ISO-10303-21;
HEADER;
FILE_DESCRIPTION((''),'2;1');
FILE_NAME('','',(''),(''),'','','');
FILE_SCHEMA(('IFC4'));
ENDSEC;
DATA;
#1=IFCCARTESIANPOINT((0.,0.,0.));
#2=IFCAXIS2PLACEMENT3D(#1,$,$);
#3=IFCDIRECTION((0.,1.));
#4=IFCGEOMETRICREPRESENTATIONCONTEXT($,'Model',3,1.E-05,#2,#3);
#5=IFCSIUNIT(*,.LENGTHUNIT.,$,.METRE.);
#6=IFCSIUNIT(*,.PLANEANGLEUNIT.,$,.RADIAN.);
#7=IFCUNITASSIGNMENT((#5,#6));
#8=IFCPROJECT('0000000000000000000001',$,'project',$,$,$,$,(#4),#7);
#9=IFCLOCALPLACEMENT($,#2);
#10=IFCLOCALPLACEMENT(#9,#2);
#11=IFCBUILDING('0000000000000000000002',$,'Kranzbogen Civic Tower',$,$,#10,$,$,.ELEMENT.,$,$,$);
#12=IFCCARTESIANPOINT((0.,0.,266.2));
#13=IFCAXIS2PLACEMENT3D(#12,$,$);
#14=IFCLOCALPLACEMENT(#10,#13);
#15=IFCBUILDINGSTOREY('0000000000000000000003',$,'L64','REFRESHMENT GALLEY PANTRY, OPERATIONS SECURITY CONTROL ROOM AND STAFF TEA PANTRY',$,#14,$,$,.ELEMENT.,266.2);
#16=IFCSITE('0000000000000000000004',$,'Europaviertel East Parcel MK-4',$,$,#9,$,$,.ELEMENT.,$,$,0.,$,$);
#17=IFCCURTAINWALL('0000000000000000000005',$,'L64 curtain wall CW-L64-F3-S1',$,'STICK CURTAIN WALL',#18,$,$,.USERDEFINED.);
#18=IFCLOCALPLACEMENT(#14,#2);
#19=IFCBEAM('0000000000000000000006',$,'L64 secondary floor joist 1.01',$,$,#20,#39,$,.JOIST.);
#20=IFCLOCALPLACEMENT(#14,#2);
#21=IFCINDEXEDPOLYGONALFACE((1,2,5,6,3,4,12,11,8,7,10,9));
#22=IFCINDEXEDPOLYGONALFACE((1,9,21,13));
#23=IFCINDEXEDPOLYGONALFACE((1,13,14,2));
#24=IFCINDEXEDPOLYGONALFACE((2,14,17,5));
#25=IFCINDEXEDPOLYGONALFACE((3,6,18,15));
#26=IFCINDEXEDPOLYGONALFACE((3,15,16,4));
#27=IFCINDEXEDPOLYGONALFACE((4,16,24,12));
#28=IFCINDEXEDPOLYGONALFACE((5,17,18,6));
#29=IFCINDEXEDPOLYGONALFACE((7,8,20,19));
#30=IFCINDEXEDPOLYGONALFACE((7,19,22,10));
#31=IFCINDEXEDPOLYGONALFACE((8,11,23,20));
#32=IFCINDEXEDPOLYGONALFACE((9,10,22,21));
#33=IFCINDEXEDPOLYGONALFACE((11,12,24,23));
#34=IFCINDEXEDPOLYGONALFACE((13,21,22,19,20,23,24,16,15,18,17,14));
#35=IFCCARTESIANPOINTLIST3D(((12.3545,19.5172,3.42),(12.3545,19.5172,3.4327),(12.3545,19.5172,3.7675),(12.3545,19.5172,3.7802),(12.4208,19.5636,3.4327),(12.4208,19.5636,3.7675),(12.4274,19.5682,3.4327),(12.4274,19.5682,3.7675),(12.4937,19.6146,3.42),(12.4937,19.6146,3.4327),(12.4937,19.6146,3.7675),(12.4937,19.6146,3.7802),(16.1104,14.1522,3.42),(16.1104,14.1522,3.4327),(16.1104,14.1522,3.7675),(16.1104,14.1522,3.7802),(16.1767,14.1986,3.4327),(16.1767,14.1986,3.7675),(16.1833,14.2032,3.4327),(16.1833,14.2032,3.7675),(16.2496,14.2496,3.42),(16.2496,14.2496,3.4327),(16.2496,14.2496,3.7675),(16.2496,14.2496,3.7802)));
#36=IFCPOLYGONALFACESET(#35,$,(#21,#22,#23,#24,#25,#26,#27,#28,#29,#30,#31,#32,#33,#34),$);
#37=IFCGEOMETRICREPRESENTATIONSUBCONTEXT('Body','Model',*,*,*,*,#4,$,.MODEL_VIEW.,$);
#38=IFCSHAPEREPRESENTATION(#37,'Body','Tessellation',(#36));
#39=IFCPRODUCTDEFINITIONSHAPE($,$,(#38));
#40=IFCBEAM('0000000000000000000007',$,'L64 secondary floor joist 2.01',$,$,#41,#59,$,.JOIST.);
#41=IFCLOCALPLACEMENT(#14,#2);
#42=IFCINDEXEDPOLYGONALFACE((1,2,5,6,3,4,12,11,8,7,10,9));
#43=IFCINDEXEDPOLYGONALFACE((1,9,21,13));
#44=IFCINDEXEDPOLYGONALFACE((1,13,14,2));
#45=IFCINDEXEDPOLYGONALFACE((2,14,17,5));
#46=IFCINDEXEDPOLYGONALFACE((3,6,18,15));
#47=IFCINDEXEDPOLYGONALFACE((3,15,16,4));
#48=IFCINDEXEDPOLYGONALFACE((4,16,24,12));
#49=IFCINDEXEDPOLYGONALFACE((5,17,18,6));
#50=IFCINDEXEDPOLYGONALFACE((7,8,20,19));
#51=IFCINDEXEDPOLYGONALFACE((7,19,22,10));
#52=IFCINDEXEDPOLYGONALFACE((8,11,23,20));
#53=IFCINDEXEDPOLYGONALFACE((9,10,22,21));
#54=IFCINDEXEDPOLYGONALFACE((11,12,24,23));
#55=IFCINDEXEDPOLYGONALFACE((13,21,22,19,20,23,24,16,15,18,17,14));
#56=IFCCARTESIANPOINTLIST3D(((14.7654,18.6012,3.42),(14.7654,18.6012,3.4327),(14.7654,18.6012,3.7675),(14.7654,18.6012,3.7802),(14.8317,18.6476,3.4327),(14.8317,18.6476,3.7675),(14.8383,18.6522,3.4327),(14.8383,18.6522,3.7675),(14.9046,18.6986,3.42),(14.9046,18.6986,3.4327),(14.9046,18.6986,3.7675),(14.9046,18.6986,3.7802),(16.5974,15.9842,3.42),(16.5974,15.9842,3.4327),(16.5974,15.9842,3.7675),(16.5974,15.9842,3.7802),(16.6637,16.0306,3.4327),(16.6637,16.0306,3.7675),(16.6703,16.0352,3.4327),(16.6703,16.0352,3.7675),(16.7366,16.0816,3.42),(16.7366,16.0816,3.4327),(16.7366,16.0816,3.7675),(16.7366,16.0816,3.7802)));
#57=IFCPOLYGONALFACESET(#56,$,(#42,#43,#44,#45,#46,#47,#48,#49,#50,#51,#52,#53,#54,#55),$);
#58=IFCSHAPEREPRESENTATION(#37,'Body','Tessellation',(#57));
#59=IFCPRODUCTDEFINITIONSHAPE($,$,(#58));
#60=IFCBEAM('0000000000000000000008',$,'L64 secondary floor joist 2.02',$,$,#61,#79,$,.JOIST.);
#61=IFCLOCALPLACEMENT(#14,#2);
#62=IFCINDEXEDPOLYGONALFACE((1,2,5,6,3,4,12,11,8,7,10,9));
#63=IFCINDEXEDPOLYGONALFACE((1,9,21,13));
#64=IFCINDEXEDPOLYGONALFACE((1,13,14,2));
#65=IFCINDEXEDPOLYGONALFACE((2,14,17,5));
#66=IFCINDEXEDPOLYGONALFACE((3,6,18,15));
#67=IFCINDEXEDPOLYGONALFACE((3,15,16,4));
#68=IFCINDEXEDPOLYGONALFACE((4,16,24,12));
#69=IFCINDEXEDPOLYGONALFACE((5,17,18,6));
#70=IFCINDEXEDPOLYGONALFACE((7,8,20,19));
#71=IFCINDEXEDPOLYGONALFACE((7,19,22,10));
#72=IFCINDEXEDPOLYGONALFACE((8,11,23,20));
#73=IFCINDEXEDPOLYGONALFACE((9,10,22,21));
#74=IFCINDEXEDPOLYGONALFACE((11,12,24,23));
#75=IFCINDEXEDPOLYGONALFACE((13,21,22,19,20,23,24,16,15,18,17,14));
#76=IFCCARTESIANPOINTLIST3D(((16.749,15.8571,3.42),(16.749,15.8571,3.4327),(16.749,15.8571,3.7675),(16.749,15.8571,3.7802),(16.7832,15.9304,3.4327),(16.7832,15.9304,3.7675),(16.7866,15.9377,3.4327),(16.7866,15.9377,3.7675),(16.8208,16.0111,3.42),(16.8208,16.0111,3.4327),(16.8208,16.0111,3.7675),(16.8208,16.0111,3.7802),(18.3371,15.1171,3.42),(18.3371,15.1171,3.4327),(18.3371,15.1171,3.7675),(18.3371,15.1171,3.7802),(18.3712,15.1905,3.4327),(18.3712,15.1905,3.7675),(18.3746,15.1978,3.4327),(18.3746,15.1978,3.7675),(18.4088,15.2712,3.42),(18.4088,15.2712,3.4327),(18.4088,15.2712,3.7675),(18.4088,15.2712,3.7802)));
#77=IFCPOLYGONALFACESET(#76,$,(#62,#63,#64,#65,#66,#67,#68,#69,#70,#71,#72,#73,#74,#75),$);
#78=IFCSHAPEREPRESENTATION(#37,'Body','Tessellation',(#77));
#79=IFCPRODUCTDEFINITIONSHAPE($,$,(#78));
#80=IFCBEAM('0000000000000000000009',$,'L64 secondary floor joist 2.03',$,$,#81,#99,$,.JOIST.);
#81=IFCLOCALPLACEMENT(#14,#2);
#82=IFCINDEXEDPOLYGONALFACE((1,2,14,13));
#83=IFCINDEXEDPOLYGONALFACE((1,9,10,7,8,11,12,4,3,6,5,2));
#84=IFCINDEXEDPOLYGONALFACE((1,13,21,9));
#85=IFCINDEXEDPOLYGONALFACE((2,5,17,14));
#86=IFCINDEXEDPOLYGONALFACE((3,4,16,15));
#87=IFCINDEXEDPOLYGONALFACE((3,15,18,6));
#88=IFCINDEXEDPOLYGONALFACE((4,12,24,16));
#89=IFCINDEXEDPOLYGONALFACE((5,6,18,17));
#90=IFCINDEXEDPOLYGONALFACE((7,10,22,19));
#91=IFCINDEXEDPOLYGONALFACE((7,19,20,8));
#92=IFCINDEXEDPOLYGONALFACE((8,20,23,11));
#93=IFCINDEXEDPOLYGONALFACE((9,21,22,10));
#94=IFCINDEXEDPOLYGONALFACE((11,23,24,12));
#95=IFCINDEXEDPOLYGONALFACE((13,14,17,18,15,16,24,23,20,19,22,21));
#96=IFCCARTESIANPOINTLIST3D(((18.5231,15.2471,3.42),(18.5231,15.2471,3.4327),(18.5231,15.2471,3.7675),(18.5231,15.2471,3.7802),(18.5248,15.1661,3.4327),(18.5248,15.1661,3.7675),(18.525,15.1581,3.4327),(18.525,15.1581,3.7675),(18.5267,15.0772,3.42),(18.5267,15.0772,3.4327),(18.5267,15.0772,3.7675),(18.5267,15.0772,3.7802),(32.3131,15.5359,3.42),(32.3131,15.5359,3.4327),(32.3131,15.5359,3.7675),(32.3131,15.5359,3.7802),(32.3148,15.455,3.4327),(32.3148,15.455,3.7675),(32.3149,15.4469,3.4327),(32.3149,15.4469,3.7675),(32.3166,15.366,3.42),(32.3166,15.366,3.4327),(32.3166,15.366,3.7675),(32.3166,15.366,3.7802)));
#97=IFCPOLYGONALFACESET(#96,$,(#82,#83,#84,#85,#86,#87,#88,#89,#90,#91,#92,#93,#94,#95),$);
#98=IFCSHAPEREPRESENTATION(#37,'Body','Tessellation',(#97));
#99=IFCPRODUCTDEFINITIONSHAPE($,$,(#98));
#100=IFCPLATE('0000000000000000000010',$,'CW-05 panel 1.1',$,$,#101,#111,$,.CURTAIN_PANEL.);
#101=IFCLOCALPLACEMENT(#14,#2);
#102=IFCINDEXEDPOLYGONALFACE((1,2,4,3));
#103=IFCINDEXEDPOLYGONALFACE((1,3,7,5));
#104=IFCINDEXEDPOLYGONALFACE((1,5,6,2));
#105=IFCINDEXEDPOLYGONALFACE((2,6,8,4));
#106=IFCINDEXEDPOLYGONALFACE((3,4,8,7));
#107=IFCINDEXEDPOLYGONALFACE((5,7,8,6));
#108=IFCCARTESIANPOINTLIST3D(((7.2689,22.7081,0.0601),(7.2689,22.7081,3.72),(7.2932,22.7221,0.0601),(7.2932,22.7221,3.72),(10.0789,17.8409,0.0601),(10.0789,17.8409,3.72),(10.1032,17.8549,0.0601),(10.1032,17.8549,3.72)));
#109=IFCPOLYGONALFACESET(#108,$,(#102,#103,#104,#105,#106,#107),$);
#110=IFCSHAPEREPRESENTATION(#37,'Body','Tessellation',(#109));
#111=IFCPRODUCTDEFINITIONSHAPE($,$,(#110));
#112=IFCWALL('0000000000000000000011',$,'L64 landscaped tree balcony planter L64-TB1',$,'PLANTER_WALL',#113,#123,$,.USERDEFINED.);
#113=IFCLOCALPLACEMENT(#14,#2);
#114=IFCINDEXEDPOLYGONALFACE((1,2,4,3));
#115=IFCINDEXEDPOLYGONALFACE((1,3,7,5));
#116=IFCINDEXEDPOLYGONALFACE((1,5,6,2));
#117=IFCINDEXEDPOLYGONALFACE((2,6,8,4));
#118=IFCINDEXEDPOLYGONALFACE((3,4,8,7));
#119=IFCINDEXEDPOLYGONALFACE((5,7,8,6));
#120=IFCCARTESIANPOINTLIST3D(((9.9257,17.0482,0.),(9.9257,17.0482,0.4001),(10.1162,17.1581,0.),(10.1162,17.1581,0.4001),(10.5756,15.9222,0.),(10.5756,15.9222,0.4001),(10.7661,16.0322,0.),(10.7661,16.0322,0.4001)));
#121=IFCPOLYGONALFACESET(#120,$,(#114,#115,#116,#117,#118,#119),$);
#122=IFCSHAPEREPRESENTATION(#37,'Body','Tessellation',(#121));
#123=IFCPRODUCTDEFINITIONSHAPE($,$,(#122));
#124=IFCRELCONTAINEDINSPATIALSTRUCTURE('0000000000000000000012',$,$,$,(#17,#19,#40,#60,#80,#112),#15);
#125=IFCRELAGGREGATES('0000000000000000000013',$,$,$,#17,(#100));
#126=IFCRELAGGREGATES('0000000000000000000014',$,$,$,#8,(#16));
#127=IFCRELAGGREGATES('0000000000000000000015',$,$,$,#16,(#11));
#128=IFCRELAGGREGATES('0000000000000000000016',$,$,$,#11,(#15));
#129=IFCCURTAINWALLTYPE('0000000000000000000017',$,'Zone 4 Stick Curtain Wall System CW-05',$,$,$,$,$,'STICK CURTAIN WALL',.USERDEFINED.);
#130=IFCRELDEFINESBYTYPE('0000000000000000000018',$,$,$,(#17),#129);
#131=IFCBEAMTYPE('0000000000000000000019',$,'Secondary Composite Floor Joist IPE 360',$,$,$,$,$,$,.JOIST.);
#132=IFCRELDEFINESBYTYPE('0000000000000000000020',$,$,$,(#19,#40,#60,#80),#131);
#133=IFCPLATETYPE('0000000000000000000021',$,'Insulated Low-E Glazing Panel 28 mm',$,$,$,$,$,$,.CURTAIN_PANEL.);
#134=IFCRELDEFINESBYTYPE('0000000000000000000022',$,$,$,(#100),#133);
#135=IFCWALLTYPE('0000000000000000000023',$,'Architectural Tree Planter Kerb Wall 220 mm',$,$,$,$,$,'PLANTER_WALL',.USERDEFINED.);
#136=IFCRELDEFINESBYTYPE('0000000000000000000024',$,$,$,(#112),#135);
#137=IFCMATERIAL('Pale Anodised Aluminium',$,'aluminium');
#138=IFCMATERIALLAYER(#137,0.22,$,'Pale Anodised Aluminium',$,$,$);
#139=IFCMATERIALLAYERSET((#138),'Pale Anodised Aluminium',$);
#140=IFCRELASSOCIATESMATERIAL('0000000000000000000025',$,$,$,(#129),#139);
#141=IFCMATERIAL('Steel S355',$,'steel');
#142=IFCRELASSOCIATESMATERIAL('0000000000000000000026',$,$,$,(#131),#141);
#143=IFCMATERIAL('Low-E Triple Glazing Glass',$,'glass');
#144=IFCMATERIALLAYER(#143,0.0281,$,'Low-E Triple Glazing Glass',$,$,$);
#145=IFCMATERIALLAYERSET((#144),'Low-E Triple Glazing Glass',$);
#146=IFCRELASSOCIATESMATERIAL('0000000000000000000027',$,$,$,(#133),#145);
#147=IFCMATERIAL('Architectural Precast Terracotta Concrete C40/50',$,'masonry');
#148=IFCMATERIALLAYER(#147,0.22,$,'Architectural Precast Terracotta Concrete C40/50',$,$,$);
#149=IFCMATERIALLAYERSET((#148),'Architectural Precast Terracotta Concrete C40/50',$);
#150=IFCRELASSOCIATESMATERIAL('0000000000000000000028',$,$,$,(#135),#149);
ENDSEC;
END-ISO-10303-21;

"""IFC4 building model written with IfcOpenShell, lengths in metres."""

from ifc_helpers import new_model, si_unit, direction, frame, frame_2d, origin, origin_2d, place, context, subcontext, project, spatial, rectangle, i_section, extrude, material, layer, layer_set, material_profile, profile_set, type_object, element, aggregate, save


model = new_model("IFC4")

# Units and contexts
model_context = context("Model", 3, precision=1e-05, world=origin(), true_north=direction((0.0, 1.0)))
body_context = subcontext(model_context, "Body", "Model", "MODEL_VIEW")
ifc_project = project(units=[si_unit("LENGTHUNIT", "METRE"), si_unit("PLANEANGLEUNIT", "RADIAN")], contexts=[model_context])

# Site, building, storey
site_placement = place(None, origin())
site = spatial("IfcSite", under=ifc_project, at=site_placement, Name="Europaviertel East Parcel MK-4", CompositionType="ELEMENT", RefElevation=0.0)
building_placement = place(site_placement, origin())
building = spatial("IfcBuilding", under=site, at=building_placement, Name="Kranzbogen Civic Tower", CompositionType="ELEMENT")
storey_placement = place(building_placement, frame((0.0, 0.0, 266.2)))
storey = spatial("IfcBuildingStorey", under=building, at=storey_placement, Name="L64", Description="REFRESHMENT GALLEY PANTRY, OPERATIONS SECURITY CONTROL ROOM AND STAFF TEA PANTRY", CompositionType="ELEMENT", Elevation=266.2)

# Shared definitions
ifc_material_1 = material(Name="Steel S355", Category="steel")

# Curtain wall
ifc_material_2 = material(Name="Pale Anodised Aluminium", Category="aluminium")
ifc_layer_1 = layer(ifc_material_2, 0.22, Name="Pale Anodised Aluminium")
ifc_layer_set_1 = layer_set([ifc_layer_1], Name="Pale Anodised Aluminium")
curtain_wall_type = type_object("IfcCurtainWallType", Name="Zone 4 Stick Curtain Wall System CW-05", ElementType="STICK CURTAIN WALL", PredefinedType="USERDEFINED", material=ifc_layer_set_1)
curtain_wall_1_placement = place(storey_placement, origin())
curtain_wall_1 = element("IfcCurtainWall", 1, at=curtain_wall_1_placement, inside=storey, type_object=curtain_wall_type, Name="L64 curtain wall CW-L64-F3-S1", ObjectType="STICK CURTAIN WALL", PredefinedType="USERDEFINED")

# Beams
ifc_material_profile_1 = material_profile(ifc_material_1, i_section(OverallWidth=0.1699, OverallDepth=0.3601, WebThickness=0.0081, FlangeThickness=0.0127, at=origin_2d()), Name="IPE 360")
ifc_profile_set_1 = profile_set([ifc_material_profile_1], Name="Steel S355")
beam_type_1 = type_object("IfcBeamType", Name="Secondary Composite Floor Joist IPE 360", PredefinedType="JOIST", material=ifc_profile_set_1)
beam_1_placement = place(storey_placement, frame((12.4241, 19.5659, 3.6001), z_axis=(0.5735, -0.819206, 0.0), x_axis=(0.819206, 0.5735, 0.0)))
element("IfcBeam", 2, at=beam_1_placement, inside=storey, type_object=beam_type_1, Name="L64 secondary floor joist 1.01", PredefinedType="JOIST", context=body_context, shape_type="SweptSolid", body=[
    extrude(i_section(OverallWidth=0.1699, OverallDepth=0.3601, WebThickness=0.0081, FlangeThickness=0.0127, at=origin_2d()), origin(), (0.0, 0.0, 1.0), 6.5491),
])
beam_2_placement = place(storey_placement, frame((14.835, 18.6499, 3.6001), z_axis=(0.573498, -0.819207, 0.0), x_axis=(0.819207, 0.573498, 0.0)))
element("IfcBeam", 3, at=beam_2_placement, inside=storey, type_object=beam_type_1, Name="L64 secondary floor joist 2.01", PredefinedType="JOIST", context=body_context, shape_type="SweptSolid", body=[
    extrude(i_section(OverallWidth=0.1699, OverallDepth=0.3601, WebThickness=0.0081, FlangeThickness=0.0127, at=origin_2d()), origin(), (0.0, 0.0, 1.0), 3.1946),
])
beam_3_placement = place(storey_placement, frame((16.7849, 15.9341, 3.6001), z_axis=(0.906432, -0.422351, 0.0), x_axis=(0.422351, 0.906432, 0.0)))
element("IfcBeam", 4, at=beam_3_placement, inside=storey, type_object=beam_type_1, Name="L64 secondary floor joist 2.02", PredefinedType="JOIST", context=body_context, shape_type="SweptSolid", body=[
    extrude(i_section(OverallWidth=0.1699, OverallDepth=0.3601, WebThickness=0.0081, FlangeThickness=0.0127, at=origin_2d()), origin(), (0.0, 0.0, 1.0), 1.752),
])
beam_4_placement = place(storey_placement, frame((18.5249, 15.1621, 3.6001), z_axis=(0.999781, 0.020939, 0.0), x_axis=(-0.020939, 0.999781, 0.0)))
element("IfcBeam", 5, at=beam_4_placement, inside=storey, type_object=beam_type_1, Name="L64 secondary floor joist 2.03", PredefinedType="JOIST", context=body_context, shape_type="SweptSolid", body=[
    extrude(i_section(OverallWidth=0.1699, OverallDepth=0.3601, WebThickness=0.0081, FlangeThickness=0.0127, at=origin_2d()), origin(), (0.0, 0.0, 1.0), 13.793),
])

# Plate
ifc_material_3 = material(Name="Low-E Triple Glazing Glass", Category="glass")
ifc_layer_2 = layer(ifc_material_3, 0.0281, Name="Low-E Triple Glazing Glass")
ifc_layer_set_2 = layer_set([ifc_layer_2], Name="Low-E Triple Glazing Glass")
plate_type = type_object("IfcPlateType", Name="Insulated Low-E Glazing Panel 28 mm", PredefinedType="CURTAIN_PANEL", material=ifc_layer_set_2)
plate_placement = place(storey_placement, frame((8.686, 20.2815, 0.0601), z_axis=(0.0, 0.0, 1.0), x_axis=(0.499999, -0.866026, 0.0)))
plate = element("IfcPlate", 6, at=plate_placement, type_object=plate_type, Name="CW-05 panel 1.1", PredefinedType="CURTAIN_PANEL", context=body_context, shape_type="SweptSolid", body=[
    extrude(rectangle(XDim=5.6201, YDim=0.0281, at=origin_2d()), origin(), (0.0, 0.0, 1.0), 3.6599),
])
aggregate(curtain_wall_1, [plate])

# Wall
ifc_material_4 = material(Name="Architectural Precast Terracotta Concrete C40/50", Category="masonry")
ifc_layer_3 = layer(ifc_material_4, 0.22, Name="Architectural Precast Terracotta Concrete C40/50")
ifc_layer_set_3 = layer_set([ifc_layer_3], Name="Architectural Precast Terracotta Concrete C40/50")
wall_type_1 = type_object("IfcWallType", Name="Architectural Tree Planter Kerb Wall 220 mm", ElementType="PLANTER_WALL", PredefinedType="USERDEFINED", material=ifc_layer_set_3)
wall_1_placement = place(storey_placement, frame((10.021, 17.103, 0.0), z_axis=(0.0, 0.0, 1.0), x_axis=(0.499896, -0.866086, 0.0)))
element("IfcWall", 7, at=wall_1_placement, inside=storey, type_object=wall_type_1, Name="L64 landscaped tree balcony planter L64-TB1", ObjectType="PLANTER_WALL", PredefinedType="USERDEFINED", context=body_context, shape_type="SweptSolid", body=[
    extrude(rectangle(XDim=1.3, YDim=0.22, at=frame_2d((0.6499, 0.0))), origin(), (0.0, 0.0, 1.0), 0.4001),
])

save(model, "model.ifc")
